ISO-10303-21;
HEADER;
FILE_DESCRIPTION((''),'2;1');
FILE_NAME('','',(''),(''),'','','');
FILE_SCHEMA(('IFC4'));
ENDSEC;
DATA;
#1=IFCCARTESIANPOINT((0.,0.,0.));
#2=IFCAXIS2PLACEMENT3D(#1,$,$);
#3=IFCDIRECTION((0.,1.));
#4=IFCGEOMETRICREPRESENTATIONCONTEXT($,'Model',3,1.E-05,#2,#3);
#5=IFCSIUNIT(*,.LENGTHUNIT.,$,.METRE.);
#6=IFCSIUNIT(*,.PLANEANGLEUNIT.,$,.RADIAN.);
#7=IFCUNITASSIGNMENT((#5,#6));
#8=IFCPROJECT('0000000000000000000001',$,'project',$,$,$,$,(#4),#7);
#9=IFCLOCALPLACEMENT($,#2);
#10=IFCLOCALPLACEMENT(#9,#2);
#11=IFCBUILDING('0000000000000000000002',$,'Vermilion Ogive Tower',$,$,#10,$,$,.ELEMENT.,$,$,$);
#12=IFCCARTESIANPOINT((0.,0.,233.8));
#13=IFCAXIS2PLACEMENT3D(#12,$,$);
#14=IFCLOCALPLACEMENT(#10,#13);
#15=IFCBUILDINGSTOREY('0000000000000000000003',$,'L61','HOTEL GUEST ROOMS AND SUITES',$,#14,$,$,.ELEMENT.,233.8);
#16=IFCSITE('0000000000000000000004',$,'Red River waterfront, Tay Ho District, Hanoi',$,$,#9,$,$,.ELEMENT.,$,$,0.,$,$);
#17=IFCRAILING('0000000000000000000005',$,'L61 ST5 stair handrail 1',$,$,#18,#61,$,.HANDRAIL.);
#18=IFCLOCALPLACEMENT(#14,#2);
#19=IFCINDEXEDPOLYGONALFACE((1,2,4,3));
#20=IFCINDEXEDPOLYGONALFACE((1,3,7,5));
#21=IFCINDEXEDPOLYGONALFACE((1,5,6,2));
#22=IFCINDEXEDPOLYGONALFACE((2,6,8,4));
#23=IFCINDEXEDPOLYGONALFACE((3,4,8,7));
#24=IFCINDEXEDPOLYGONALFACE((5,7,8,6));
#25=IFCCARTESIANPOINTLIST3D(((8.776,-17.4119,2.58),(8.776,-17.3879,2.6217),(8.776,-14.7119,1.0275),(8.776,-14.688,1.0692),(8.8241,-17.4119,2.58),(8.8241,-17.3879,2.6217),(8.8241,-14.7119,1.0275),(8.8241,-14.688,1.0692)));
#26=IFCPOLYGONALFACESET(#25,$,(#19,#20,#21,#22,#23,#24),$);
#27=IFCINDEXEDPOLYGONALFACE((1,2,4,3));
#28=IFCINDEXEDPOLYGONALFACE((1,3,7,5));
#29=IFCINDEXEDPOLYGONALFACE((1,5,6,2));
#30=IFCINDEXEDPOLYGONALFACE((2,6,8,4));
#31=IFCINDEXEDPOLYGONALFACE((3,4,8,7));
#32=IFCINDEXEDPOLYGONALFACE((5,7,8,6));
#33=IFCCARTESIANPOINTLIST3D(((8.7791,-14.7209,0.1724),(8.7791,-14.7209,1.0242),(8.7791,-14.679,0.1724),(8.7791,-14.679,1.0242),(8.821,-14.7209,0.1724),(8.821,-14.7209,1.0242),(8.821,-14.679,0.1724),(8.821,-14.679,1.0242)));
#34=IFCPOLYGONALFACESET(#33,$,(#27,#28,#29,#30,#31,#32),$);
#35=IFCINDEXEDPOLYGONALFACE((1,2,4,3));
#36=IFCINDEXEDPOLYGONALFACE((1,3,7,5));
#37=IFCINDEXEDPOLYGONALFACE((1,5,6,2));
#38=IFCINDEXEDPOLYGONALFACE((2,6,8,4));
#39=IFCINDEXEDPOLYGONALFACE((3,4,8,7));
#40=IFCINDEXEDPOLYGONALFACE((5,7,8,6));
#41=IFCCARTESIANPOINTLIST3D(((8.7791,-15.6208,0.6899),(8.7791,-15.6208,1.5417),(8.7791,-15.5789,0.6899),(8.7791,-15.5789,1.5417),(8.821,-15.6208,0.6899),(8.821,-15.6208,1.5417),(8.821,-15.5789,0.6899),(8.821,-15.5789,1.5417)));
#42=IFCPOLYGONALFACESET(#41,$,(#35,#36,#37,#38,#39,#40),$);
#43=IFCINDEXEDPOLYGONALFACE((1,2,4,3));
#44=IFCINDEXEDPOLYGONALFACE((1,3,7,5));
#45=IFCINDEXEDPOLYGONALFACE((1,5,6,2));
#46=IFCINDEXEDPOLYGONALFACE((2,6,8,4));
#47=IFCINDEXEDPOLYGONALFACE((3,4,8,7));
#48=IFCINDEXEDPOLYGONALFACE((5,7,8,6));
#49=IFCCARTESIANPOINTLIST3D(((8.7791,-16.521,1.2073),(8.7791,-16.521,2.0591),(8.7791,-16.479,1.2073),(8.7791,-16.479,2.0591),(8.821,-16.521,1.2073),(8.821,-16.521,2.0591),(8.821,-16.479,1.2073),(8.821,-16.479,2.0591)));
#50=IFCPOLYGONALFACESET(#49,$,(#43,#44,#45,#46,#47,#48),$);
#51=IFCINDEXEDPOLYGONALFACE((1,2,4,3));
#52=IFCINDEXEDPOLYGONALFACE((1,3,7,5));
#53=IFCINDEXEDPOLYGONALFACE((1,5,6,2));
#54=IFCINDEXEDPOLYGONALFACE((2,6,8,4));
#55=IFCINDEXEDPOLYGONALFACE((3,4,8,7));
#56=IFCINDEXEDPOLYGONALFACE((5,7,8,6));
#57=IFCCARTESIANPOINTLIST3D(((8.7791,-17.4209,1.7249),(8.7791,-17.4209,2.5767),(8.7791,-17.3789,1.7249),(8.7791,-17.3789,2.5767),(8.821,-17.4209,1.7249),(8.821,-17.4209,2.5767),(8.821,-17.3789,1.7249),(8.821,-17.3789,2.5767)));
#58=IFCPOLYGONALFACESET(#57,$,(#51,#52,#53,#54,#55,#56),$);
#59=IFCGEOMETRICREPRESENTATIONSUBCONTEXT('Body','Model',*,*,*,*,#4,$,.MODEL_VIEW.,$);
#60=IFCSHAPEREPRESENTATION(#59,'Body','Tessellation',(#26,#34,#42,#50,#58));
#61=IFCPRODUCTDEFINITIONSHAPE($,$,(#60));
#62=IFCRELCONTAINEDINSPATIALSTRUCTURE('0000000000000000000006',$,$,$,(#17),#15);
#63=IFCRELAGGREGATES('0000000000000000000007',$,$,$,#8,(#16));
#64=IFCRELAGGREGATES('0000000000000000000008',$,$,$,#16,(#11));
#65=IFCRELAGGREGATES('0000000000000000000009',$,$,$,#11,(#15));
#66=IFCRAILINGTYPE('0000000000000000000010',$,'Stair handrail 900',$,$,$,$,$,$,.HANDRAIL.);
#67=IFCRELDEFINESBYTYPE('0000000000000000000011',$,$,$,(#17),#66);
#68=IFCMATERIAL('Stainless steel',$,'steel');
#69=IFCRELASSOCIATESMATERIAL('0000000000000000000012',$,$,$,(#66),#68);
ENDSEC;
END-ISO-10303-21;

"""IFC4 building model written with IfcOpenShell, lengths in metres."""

from ifc_helpers import new_model, si_unit, direction, frame, origin, origin_2d, place, context, subcontext, project, spatial, rectangle, extrude, material, type_object, element, save


model = new_model("IFC4")

# Units and contexts
model_context = context("Model", 3, precision=1e-05, world=origin(), true_north=direction((0.0, 1.0)))
body_context = subcontext(model_context, "Body", "Model", "MODEL_VIEW")
ifc_project = project(units=[si_unit("LENGTHUNIT", "METRE"), si_unit("PLANEANGLEUNIT", "RADIAN")], contexts=[model_context])

# Site, building, storey
site_placement = place(None, origin())
site = spatial("IfcSite", under=ifc_project, at=site_placement, Name="Red River waterfront, Tay Ho District, Hanoi", CompositionType="ELEMENT", RefElevation=0.0)
building_placement = place(site_placement, origin())
building = spatial("IfcBuilding", under=site, at=building_placement, Name="Vermilion Ogive Tower", CompositionType="ELEMENT")
storey_placement = place(building_placement, frame((0.0, 0.0, 233.8)))
storey = spatial("IfcBuildingStorey", under=building, at=storey_placement, Name="L61", Description="HOTEL GUEST ROOMS AND SUITES", CompositionType="ELEMENT", Elevation=233.8)

# Railing
ifc_material_1 = material(Name="Stainless steel", Category="steel")
railing_type_1 = type_object("IfcRailingType", Name="Stair handrail 900", PredefinedType="HANDRAIL", material=ifc_material_1)
railing_1_placement = place(storey_placement, frame((8.8, -14.7, 0.1724)))
element("IfcRailing", 1, at=railing_1_placement, inside=storey, type_object=railing_type_1, Name="L61 ST5 stair handrail 1", PredefinedType="HANDRAIL", context=body_context, shape_type="SweptSolid", body=[
    extrude(rectangle(XDim=0.0481, YDim=0.0481, at=origin_2d()), frame((0.0, 0.0, 0.876), z_axis=(0.0, -0.866904, 0.498476), x_axis=(1.0, 0.0, 0.0)), (0.0, 0.0, 1.0), 3.1145),
    extrude(rectangle(XDim=0.042, YDim=0.042, at=origin_2d()), origin(), (0.0, 0.0, 1.0), 0.8518),
    extrude(rectangle(XDim=0.042, YDim=0.042, at=origin_2d()), frame((0.0, -0.8999, 0.5176)), (0.0, 0.0, 1.0), 0.8518),
    extrude(rectangle(XDim=0.042, YDim=0.042, at=origin_2d()), frame((0.0, -1.8, 1.0349)), (0.0, 0.0, 1.0), 0.8518),
    extrude(rectangle(XDim=0.042, YDim=0.042, at=origin_2d()), frame((0.0, -2.7, 1.5525)), (0.0, 0.0, 1.0), 0.8518),
])

save(model, "model.ifc")
